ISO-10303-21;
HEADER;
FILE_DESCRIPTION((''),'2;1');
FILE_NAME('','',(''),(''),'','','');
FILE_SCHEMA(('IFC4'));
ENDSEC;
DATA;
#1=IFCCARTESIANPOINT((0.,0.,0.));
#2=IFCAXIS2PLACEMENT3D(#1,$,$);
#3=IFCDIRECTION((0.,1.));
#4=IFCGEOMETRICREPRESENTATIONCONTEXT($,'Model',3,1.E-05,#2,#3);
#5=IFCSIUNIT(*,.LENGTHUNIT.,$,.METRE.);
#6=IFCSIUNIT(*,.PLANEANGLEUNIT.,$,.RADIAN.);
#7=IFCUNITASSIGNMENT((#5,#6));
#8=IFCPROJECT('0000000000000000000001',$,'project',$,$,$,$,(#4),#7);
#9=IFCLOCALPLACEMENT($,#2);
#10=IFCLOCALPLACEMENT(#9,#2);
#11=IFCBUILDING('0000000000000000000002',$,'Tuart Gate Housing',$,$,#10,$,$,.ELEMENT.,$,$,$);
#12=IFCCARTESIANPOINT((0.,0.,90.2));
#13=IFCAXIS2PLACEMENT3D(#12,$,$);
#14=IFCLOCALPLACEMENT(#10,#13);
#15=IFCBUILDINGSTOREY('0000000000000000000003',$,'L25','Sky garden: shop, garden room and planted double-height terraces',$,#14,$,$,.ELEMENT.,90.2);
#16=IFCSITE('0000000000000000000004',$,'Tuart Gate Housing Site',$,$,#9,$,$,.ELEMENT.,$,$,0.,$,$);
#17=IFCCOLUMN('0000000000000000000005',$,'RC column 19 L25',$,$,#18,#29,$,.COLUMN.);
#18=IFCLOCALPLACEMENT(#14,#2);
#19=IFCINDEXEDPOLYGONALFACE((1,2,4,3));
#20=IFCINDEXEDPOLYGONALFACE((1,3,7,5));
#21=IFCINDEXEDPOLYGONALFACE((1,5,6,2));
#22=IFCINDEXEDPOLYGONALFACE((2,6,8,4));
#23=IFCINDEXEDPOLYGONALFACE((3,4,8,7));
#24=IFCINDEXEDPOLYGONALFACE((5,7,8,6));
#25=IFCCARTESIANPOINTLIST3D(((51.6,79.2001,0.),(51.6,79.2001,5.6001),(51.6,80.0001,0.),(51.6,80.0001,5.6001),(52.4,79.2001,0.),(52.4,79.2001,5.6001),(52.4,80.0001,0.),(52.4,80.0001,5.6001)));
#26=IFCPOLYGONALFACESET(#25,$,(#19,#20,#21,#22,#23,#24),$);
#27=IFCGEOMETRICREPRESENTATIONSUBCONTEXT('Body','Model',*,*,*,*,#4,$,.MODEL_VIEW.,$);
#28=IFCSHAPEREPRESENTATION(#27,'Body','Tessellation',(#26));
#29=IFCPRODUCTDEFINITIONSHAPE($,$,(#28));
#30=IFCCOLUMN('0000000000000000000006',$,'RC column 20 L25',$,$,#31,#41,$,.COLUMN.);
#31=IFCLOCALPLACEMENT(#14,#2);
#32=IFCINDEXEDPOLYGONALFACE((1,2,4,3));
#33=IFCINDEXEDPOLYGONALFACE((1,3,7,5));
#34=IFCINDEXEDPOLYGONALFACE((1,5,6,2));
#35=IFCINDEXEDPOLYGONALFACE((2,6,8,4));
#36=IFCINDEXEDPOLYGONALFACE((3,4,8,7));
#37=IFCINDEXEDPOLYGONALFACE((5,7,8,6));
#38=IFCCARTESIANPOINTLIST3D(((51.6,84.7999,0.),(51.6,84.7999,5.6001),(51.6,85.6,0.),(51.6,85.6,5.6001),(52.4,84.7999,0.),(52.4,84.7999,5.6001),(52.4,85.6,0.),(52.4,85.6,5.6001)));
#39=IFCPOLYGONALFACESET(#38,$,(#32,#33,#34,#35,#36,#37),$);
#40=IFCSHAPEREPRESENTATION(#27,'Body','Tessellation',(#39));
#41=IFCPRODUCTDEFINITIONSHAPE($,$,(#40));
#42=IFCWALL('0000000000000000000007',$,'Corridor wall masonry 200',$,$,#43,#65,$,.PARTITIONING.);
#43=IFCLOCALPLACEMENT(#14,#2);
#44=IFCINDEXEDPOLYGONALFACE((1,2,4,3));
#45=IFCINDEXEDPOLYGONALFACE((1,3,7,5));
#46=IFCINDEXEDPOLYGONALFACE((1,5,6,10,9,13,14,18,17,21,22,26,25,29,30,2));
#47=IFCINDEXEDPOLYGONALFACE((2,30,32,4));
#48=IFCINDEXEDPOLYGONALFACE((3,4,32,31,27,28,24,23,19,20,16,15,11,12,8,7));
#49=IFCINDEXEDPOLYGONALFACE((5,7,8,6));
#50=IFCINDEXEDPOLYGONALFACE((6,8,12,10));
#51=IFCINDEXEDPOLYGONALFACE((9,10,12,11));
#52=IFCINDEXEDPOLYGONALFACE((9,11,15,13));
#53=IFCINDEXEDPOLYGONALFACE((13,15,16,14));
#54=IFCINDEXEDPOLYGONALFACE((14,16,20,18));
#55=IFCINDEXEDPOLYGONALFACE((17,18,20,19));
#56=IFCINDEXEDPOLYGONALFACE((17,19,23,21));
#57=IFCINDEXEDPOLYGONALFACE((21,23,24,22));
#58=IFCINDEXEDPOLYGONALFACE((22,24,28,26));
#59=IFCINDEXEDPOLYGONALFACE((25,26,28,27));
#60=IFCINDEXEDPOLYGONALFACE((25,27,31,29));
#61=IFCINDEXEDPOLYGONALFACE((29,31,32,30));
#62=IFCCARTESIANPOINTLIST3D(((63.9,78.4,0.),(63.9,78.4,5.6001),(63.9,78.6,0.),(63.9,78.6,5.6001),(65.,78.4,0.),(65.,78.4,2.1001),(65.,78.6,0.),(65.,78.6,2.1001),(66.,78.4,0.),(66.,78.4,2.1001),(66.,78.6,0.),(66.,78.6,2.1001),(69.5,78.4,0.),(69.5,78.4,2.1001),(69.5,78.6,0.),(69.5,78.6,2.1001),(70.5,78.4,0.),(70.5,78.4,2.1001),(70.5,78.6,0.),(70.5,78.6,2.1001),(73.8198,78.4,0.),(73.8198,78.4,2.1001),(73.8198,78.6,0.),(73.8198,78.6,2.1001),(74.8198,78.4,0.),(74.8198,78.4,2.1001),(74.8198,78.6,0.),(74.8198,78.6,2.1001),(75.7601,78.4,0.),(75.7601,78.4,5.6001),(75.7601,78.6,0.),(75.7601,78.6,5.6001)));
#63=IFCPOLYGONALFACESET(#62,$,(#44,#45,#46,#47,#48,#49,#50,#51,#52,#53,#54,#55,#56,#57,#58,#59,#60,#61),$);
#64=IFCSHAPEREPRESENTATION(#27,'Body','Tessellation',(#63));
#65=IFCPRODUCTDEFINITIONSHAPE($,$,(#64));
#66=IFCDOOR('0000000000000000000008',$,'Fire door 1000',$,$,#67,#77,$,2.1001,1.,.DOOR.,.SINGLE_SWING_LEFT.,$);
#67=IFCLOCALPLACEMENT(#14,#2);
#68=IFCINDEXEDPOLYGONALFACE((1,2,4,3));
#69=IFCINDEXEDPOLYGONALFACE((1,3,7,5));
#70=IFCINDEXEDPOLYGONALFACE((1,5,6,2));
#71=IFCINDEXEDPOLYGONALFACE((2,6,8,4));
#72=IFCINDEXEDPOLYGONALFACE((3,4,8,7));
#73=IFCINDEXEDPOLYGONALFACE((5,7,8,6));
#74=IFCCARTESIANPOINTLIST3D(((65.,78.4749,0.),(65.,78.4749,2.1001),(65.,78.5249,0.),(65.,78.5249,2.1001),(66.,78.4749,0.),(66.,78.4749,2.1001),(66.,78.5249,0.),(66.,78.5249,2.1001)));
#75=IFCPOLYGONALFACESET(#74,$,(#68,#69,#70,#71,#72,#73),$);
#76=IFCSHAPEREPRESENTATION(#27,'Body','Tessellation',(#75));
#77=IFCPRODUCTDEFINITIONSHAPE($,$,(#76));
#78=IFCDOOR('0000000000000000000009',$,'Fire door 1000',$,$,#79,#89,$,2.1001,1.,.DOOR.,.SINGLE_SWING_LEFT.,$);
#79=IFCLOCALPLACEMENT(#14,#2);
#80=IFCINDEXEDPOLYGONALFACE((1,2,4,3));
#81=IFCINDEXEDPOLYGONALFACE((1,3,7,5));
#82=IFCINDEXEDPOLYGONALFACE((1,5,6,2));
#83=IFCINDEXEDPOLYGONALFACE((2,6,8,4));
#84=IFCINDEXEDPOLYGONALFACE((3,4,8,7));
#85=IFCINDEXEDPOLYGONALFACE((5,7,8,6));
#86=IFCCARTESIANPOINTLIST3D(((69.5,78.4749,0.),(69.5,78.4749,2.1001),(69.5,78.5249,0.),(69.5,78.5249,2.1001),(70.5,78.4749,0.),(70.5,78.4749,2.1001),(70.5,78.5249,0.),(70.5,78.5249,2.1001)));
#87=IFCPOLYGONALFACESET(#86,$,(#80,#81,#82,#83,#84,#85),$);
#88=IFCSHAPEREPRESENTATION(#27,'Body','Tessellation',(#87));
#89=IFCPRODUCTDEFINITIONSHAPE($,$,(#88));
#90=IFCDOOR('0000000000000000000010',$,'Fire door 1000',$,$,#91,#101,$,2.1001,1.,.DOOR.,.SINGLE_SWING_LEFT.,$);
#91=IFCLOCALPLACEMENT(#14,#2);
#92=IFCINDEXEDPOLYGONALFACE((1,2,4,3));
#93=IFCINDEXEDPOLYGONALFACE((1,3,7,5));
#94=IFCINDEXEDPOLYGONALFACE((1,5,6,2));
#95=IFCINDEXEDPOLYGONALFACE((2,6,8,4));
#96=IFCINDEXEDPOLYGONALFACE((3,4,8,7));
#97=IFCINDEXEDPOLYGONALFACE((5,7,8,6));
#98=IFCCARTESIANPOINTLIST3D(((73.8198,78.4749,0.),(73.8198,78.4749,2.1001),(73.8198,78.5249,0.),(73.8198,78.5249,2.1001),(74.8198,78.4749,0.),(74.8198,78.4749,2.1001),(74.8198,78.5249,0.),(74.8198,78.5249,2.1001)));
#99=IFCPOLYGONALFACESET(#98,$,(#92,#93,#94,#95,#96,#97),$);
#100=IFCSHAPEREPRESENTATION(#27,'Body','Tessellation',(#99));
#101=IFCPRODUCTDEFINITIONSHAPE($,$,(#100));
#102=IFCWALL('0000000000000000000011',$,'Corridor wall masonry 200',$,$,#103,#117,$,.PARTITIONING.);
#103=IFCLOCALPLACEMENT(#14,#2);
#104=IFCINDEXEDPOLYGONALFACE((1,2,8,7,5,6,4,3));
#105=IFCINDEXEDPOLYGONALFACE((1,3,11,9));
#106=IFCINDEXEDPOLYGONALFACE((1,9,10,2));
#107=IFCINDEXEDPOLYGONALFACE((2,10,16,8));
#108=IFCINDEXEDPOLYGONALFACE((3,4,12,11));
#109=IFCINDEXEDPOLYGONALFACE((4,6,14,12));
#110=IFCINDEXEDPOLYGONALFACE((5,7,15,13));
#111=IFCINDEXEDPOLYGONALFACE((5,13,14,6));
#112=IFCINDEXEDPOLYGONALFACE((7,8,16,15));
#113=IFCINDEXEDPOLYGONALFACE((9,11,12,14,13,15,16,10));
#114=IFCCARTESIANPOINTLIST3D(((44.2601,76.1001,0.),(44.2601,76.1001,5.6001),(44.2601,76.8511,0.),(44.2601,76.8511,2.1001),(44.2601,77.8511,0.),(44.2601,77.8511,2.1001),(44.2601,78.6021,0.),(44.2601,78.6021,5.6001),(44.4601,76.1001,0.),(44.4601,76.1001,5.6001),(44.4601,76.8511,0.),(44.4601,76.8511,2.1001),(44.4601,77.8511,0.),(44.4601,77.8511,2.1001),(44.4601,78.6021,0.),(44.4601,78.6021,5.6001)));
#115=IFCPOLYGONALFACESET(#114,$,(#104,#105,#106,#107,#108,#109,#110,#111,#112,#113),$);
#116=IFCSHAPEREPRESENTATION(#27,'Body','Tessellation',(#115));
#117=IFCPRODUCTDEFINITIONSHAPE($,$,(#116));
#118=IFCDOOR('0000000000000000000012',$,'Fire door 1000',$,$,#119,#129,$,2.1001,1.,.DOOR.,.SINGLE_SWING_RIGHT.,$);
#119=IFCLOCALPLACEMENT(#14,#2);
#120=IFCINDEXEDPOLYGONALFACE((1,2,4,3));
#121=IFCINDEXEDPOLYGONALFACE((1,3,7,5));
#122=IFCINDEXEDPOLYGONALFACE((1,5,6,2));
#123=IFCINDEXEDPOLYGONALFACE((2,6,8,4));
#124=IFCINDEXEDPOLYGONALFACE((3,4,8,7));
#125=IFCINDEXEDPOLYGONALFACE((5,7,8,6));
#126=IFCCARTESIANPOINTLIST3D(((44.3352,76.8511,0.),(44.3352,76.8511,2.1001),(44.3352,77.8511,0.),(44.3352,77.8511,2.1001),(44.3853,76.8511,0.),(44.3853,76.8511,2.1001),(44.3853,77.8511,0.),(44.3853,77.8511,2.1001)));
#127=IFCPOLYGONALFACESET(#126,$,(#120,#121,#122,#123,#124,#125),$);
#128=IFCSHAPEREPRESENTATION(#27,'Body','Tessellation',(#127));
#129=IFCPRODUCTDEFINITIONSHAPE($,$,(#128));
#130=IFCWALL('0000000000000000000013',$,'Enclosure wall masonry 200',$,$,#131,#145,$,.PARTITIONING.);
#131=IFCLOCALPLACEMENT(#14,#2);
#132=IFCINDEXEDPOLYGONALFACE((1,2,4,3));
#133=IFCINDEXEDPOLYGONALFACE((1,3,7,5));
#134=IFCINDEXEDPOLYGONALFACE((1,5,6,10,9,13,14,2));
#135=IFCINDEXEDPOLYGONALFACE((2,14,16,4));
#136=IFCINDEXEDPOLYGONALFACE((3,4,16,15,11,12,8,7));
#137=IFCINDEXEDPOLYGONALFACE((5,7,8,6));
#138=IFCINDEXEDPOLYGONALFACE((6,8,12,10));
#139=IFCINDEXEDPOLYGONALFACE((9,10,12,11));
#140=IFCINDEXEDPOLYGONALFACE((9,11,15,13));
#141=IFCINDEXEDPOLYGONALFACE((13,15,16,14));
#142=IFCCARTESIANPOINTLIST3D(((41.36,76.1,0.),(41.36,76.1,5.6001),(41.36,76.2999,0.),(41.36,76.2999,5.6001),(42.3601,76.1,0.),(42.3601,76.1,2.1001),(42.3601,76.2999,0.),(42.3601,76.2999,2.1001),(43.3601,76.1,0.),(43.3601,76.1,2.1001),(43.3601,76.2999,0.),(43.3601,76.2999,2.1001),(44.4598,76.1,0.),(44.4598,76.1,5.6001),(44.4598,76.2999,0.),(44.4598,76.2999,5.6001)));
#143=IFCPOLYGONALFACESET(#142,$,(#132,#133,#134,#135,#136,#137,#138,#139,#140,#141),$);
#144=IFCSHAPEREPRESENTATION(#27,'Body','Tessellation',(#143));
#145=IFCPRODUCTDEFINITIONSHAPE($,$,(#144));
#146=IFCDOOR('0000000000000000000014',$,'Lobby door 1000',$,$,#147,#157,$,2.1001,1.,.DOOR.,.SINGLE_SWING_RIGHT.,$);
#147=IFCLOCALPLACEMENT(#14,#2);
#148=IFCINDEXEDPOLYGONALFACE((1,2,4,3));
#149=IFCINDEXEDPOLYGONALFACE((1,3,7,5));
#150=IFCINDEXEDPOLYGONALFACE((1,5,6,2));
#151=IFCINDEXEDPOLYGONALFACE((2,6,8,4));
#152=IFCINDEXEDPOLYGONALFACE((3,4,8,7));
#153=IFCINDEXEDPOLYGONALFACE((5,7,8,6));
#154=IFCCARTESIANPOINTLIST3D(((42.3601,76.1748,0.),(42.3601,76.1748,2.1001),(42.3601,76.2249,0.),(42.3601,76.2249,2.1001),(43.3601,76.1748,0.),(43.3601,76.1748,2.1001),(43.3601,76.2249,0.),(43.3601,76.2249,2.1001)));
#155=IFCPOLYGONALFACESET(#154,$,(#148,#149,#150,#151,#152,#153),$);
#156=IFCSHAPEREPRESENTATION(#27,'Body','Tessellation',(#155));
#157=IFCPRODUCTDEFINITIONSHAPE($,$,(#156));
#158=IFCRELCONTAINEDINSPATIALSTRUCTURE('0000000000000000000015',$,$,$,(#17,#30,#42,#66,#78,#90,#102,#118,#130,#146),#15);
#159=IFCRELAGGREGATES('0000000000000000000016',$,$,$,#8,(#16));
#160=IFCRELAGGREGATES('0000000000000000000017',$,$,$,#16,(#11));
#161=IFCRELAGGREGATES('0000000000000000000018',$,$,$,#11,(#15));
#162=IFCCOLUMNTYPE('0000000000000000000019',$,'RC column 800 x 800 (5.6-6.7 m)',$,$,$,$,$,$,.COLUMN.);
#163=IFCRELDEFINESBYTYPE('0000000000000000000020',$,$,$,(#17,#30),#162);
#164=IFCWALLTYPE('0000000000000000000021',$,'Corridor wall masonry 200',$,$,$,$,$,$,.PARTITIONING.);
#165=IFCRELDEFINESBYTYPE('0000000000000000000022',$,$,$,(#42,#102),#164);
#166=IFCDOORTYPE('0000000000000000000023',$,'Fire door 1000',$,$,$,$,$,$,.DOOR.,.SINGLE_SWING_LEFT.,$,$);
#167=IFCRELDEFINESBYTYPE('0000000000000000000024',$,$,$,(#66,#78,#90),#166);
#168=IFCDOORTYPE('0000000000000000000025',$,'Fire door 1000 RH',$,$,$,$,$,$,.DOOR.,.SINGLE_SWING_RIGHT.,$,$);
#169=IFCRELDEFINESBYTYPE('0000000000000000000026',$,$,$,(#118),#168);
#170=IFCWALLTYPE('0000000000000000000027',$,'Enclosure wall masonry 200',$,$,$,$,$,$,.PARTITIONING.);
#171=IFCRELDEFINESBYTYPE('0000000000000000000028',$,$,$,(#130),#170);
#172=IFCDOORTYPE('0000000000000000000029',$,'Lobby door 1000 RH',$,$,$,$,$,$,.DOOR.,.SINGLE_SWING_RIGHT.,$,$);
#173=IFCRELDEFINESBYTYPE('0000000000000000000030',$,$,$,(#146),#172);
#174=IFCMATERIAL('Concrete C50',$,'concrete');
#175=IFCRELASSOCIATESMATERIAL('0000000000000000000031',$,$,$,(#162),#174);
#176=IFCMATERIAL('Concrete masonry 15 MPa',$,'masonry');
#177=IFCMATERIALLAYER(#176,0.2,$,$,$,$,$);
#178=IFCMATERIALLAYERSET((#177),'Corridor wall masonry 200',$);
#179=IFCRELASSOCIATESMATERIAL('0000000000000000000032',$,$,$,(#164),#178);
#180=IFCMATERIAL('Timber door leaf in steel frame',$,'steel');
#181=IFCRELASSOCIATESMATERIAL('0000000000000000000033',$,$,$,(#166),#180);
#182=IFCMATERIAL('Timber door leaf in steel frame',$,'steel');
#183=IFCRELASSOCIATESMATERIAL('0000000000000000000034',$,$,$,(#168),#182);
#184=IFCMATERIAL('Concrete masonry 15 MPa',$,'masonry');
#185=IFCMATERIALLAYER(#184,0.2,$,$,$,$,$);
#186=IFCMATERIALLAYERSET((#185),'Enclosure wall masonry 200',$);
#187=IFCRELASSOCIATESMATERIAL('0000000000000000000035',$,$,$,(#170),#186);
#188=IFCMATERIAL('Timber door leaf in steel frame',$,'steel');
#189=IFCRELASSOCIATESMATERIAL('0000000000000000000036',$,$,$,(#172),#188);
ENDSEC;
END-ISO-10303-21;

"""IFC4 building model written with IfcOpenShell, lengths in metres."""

from ifc_helpers import new_model, si_unit, direction, frame, frame_2d, origin, origin_2d, place, context, subcontext, project, spatial, rectangle, extrude, material, layer, layer_set, material_profile, profile_set, type_object, element, fill, save


model = new_model("IFC4")

# Units and contexts
model_context = context("Model", 3, precision=1e-05, world=origin(), true_north=direction((0.0, 1.0)))
body_context = subcontext(model_context, "Body", "Model", "MODEL_VIEW")
ifc_project = project(units=[si_unit("LENGTHUNIT", "METRE"), si_unit("PLANEANGLEUNIT", "RADIAN")], contexts=[model_context])

# Site, building, storey
site_placement = place(None, origin())
site = spatial("IfcSite", under=ifc_project, at=site_placement, Name="Tuart Gate Housing Site", CompositionType="ELEMENT", RefElevation=0.0)
building_placement = place(site_placement, origin())
building = spatial("IfcBuilding", under=site, at=building_placement, Name="Tuart Gate Housing", CompositionType="ELEMENT")
storey_placement = place(building_placement, frame((0.0, 0.0, 90.2)))
storey = spatial("IfcBuildingStorey", under=building, at=storey_placement, Name="L25", Description="Sky garden: shop, garden room and planted double-height terraces", CompositionType="ELEMENT", Elevation=90.2)

# Columns
ifc_material_1 = material(Name="Concrete C50", Category="concrete")
ifc_material_profile = material_profile(ifc_material_1, rectangle(XDim=0.8, YDim=0.8, at=origin_2d()), Name="RC column 800 x 800 (5.6-6.7 m)")
ifc_profile_set = profile_set([ifc_material_profile], Name="Concrete C50")
column_type = type_object("IfcColumnType", Name="RC column 800 x 800 (5.6-6.7 m)", PredefinedType="COLUMN", material=ifc_profile_set)
for number, where, z_axis, x_axis, name in (
    (1, (52.0, 79.6001, 0.0), (0.0, 0.0, 1.0), (1.0, 0.0, 0.0), "RC column 19 L25"),
    (2, (52.0, 85.2, 0.0), (0.0, 0.0, 1.0), (1.0, 0.0, 0.0), "RC column 20 L25"),
):
    element("IfcColumn", number, at=place(storey_placement, frame(where, z_axis=z_axis, x_axis=x_axis)), inside=storey, type_object=column_type, Name=name, PredefinedType="COLUMN", context=body_context, shape_type="SweptSolid", body=[
        extrude(rectangle(XDim=0.8, YDim=0.8, at=origin_2d()), origin(), (0.0, 0.0, 1.0), 5.6001),
    ])

# Wall, openings, doors
ifc_material_2 = material(Name="Concrete masonry 15 MPa", Category="masonry")
ifc_layer_1 = layer(ifc_material_2, 0.2)
ifc_layer_set_1 = layer_set([ifc_layer_1], Name="Corridor wall masonry 200")
wall_type_1 = type_object("IfcWallType", Name="Corridor wall masonry 200", PredefinedType="PARTITIONING", material=ifc_layer_set_1)
wall_1_placement = place(storey_placement, frame((63.8999, 78.5, 0.0), z_axis=(0.0, 0.0, 1.0), x_axis=(1.0, 0.0, 0.0)))
wall_1 = element("IfcWall", 3, at=wall_1_placement, inside=storey, type_object=wall_type_1, Name="Corridor wall masonry 200", PredefinedType="PARTITIONING", context=body_context, shape_type="SweptSolid", body=[
    extrude(rectangle(XDim=11.8601, YDim=0.2, at=frame_2d((5.9302, 0.0))), origin(), (0.0, 0.0, 1.0), 5.6001),
])
opening_1_placement = place(wall_1_placement, frame((1.1001, 0.0, 0.0)))
opening_1 = element("IfcOpeningElement", 4, at=opening_1_placement, cuts=wall_1, PredefinedType="OPENING", context=body_context, shape_type="SweptSolid", body=[
    extrude(rectangle(XDim=1.0, YDim=2.1001, at=frame_2d((0.5, 1.05))), frame((0.0, 0.1099, 0.0), z_axis=(0.0, -1.0, 0.0), x_axis=(1.0, 0.0, 0.0)), (0.0, 0.0, 1.0), 0.22),
])
opening_2_placement = place(wall_1_placement, frame((5.6001, 0.0, 0.0)))
opening_2 = element("IfcOpeningElement", 5, at=opening_2_placement, cuts=wall_1, PredefinedType="OPENING", context=body_context, shape_type="SweptSolid", body=[
    extrude(rectangle(XDim=1.0, YDim=2.1001, at=frame_2d((0.5, 1.05))), frame((0.0, 0.1099, 0.0), z_axis=(0.0, -1.0, 0.0), x_axis=(1.0, 0.0, 0.0)), (0.0, 0.0, 1.0), 0.22),
])
opening_3_placement = place(wall_1_placement, frame((9.9199, 0.0, 0.0)))
opening_3 = element("IfcOpeningElement", 6, at=opening_3_placement, cuts=wall_1, PredefinedType="OPENING", context=body_context, shape_type="SweptSolid", body=[
    extrude(rectangle(XDim=1.0, YDim=2.1001, at=frame_2d((0.5, 1.05))), frame((0.0, 0.1099, 0.0), z_axis=(0.0, -1.0, 0.0), x_axis=(1.0, 0.0, 0.0)), (0.0, 0.0, 1.0), 0.22),
])
ifc_material_3 = material(Name="Timber door leaf in steel frame", Category="steel")
door_type_1 = type_object("IfcDoorType", Name="Fire door 1000", OperationType="SINGLE_SWING_LEFT", PredefinedType="DOOR", material=ifc_material_3)
door_1_placement = place(opening_1_placement, origin())
door_1 = element("IfcDoor", 7, at=door_1_placement, inside=storey, type_object=door_type_1, Name="Fire door 1000", OperationType="SINGLE_SWING_LEFT", OverallHeight=2.1001, OverallWidth=1.0, PredefinedType="DOOR", context=body_context, shape_type="SweptSolid", body=[
    extrude(rectangle(XDim=1.0, YDim=2.1001, at=frame_2d((0.5, 1.05))), frame((0.0, 0.0249, 0.0), z_axis=(0.0, -1.0, 0.0), x_axis=(1.0, 0.0, 0.0)), (0.0, 0.0, 1.0), 0.05),
])
fill(opening_1, door_1)
door_2_placement = place(opening_2_placement, origin())
door_2 = element("IfcDoor", 8, at=door_2_placement, inside=storey, type_object=door_type_1, Name="Fire door 1000", OperationType="SINGLE_SWING_LEFT", OverallHeight=2.1001, OverallWidth=1.0, PredefinedType="DOOR", context=body_context, shape_type="SweptSolid", body=[
    extrude(rectangle(XDim=1.0, YDim=2.1001, at=frame_2d((0.5, 1.05))), frame((0.0, 0.0249, 0.0), z_axis=(0.0, -1.0, 0.0), x_axis=(1.0, 0.0, 0.0)), (0.0, 0.0, 1.0), 0.05),
])
fill(opening_2, door_2)
door_3_placement = place(opening_3_placement, origin())
door_3 = element("IfcDoor", 9, at=door_3_placement, inside=storey, type_object=door_type_1, Name="Fire door 1000", OperationType="SINGLE_SWING_LEFT", OverallHeight=2.1001, OverallWidth=1.0, PredefinedType="DOOR", context=body_context, shape_type="SweptSolid", body=[
    extrude(rectangle(XDim=1.0, YDim=2.1001, at=frame_2d((0.5, 1.05))), frame((0.0, 0.0249, 0.0), z_axis=(0.0, -1.0, 0.0), x_axis=(1.0, 0.0, 0.0)), (0.0, 0.0, 1.0), 0.05),
])
fill(opening_3, door_3)

# Walls, openings, doors
wall_2_placement = place(storey_placement, frame((44.3601, 76.1001, 0.0), z_axis=(0.0, 0.0, 1.0), x_axis=(0.0, 1.0, 0.0)))
wall_2 = element("IfcWall", 10, at=wall_2_placement, inside=storey, type_object=wall_type_1, Name="Corridor wall masonry 200", PredefinedType="PARTITIONING", context=body_context, shape_type="SweptSolid", body=[
    extrude(rectangle(XDim=2.502, YDim=0.2, at=frame_2d((1.251, 0.0))), origin(), (0.0, 0.0, 1.0), 5.6001),
])
opening_4_placement = place(wall_2_placement, frame((0.751, 0.0, 0.0)))
opening_4 = element("IfcOpeningElement", 11, at=opening_4_placement, cuts=wall_2, PredefinedType="OPENING", context=body_context, shape_type="SweptSolid", body=[
    extrude(rectangle(XDim=1.0, YDim=2.1001, at=frame_2d((0.5, 1.05))), frame((0.0, 0.1099, 0.0), z_axis=(0.0, -1.0, 0.0), x_axis=(1.0, 0.0, 0.0)), (0.0, 0.0, 1.0), 0.22),
])
ifc_material_4 = material(Name="Timber door leaf in steel frame", Category="steel")
door_type_2 = type_object("IfcDoorType", Name="Fire door 1000 RH", OperationType="SINGLE_SWING_RIGHT", PredefinedType="DOOR", material=ifc_material_4)
door_4_placement = place(opening_4_placement, frame((1.0, 0.0, 0.0), z_axis=(0.0, 0.0, 1.0), x_axis=(-1.0, 0.0, 0.0)))
door_4 = element("IfcDoor", 12, at=door_4_placement, inside=storey, type_object=door_type_2, Name="Fire door 1000", OperationType="SINGLE_SWING_RIGHT", OverallHeight=2.1001, OverallWidth=1.0, PredefinedType="DOOR", context=body_context, shape_type="SweptSolid", body=[
    extrude(rectangle(XDim=1.0, YDim=2.1001, at=frame_2d((0.5, 1.05))), frame((0.0, 0.0251, 0.0), z_axis=(0.0, -1.0, 0.0), x_axis=(1.0, 0.0, 0.0)), (0.0, 0.0, 1.0), 0.05),
])
fill(opening_4, door_4)
ifc_material_5 = material(Name="Concrete masonry 15 MPa", Category="masonry")
ifc_layer_2 = layer(ifc_material_5, 0.2)
ifc_layer_set_2 = layer_set([ifc_layer_2], Name="Enclosure wall masonry 200")
wall_type_2 = type_object("IfcWallType", Name="Enclosure wall masonry 200", PredefinedType="PARTITIONING", material=ifc_layer_set_2)
wall_3_placement = place(storey_placement, frame((41.3601, 76.2, 0.0), z_axis=(0.0, 0.0, 1.0), x_axis=(1.0, 0.0, 0.0)))
wall_3 = element("IfcWall", 13, at=wall_3_placement, inside=storey, type_object=wall_type_2, Name="Enclosure wall masonry 200", PredefinedType="PARTITIONING", context=body_context, shape_type="SweptSolid", body=[
    extrude(rectangle(XDim=3.0999, YDim=0.2, at=frame_2d((1.5498, 0.0))), origin(), (0.0, 0.0, 1.0), 5.6001),
])
opening_5_placement = place(wall_3_placement, frame((1.0, 0.0, 0.0)))
opening_5 = element("IfcOpeningElement", 14, at=opening_5_placement, cuts=wall_3, PredefinedType="OPENING", context=body_context, shape_type="SweptSolid", body=[
    extrude(rectangle(XDim=1.0, YDim=2.1001, at=frame_2d((0.5, 1.05))), frame((0.0, 0.1099, 0.0), z_axis=(0.0, -1.0, 0.0), x_axis=(1.0, 0.0, 0.0)), (0.0, 0.0, 1.0), 0.22),
])
ifc_material_6 = material(Name="Timber door leaf in steel frame", Category="steel")
door_type_3 = type_object("IfcDoorType", Name="Lobby door 1000 RH", OperationType="SINGLE_SWING_RIGHT", PredefinedType="DOOR", material=ifc_material_6)
door_5_placement = place(opening_5_placement, origin())
door_5 = element("IfcDoor", 15, at=door_5_placement, inside=storey, type_object=door_type_3, Name="Lobby door 1000", OperationType="SINGLE_SWING_RIGHT", OverallHeight=2.1001, OverallWidth=1.0, PredefinedType="DOOR", context=body_context, shape_type="SweptSolid", body=[
    extrude(rectangle(XDim=1.0, YDim=2.1001, at=frame_2d((0.5, 1.05))), frame((0.0, 0.0249, 0.0), z_axis=(0.0, -1.0, 0.0), x_axis=(1.0, 0.0, 0.0)), (0.0, 0.0, 1.0), 0.05),
])
fill(opening_5, door_5)

save(model, "model.ifc")
